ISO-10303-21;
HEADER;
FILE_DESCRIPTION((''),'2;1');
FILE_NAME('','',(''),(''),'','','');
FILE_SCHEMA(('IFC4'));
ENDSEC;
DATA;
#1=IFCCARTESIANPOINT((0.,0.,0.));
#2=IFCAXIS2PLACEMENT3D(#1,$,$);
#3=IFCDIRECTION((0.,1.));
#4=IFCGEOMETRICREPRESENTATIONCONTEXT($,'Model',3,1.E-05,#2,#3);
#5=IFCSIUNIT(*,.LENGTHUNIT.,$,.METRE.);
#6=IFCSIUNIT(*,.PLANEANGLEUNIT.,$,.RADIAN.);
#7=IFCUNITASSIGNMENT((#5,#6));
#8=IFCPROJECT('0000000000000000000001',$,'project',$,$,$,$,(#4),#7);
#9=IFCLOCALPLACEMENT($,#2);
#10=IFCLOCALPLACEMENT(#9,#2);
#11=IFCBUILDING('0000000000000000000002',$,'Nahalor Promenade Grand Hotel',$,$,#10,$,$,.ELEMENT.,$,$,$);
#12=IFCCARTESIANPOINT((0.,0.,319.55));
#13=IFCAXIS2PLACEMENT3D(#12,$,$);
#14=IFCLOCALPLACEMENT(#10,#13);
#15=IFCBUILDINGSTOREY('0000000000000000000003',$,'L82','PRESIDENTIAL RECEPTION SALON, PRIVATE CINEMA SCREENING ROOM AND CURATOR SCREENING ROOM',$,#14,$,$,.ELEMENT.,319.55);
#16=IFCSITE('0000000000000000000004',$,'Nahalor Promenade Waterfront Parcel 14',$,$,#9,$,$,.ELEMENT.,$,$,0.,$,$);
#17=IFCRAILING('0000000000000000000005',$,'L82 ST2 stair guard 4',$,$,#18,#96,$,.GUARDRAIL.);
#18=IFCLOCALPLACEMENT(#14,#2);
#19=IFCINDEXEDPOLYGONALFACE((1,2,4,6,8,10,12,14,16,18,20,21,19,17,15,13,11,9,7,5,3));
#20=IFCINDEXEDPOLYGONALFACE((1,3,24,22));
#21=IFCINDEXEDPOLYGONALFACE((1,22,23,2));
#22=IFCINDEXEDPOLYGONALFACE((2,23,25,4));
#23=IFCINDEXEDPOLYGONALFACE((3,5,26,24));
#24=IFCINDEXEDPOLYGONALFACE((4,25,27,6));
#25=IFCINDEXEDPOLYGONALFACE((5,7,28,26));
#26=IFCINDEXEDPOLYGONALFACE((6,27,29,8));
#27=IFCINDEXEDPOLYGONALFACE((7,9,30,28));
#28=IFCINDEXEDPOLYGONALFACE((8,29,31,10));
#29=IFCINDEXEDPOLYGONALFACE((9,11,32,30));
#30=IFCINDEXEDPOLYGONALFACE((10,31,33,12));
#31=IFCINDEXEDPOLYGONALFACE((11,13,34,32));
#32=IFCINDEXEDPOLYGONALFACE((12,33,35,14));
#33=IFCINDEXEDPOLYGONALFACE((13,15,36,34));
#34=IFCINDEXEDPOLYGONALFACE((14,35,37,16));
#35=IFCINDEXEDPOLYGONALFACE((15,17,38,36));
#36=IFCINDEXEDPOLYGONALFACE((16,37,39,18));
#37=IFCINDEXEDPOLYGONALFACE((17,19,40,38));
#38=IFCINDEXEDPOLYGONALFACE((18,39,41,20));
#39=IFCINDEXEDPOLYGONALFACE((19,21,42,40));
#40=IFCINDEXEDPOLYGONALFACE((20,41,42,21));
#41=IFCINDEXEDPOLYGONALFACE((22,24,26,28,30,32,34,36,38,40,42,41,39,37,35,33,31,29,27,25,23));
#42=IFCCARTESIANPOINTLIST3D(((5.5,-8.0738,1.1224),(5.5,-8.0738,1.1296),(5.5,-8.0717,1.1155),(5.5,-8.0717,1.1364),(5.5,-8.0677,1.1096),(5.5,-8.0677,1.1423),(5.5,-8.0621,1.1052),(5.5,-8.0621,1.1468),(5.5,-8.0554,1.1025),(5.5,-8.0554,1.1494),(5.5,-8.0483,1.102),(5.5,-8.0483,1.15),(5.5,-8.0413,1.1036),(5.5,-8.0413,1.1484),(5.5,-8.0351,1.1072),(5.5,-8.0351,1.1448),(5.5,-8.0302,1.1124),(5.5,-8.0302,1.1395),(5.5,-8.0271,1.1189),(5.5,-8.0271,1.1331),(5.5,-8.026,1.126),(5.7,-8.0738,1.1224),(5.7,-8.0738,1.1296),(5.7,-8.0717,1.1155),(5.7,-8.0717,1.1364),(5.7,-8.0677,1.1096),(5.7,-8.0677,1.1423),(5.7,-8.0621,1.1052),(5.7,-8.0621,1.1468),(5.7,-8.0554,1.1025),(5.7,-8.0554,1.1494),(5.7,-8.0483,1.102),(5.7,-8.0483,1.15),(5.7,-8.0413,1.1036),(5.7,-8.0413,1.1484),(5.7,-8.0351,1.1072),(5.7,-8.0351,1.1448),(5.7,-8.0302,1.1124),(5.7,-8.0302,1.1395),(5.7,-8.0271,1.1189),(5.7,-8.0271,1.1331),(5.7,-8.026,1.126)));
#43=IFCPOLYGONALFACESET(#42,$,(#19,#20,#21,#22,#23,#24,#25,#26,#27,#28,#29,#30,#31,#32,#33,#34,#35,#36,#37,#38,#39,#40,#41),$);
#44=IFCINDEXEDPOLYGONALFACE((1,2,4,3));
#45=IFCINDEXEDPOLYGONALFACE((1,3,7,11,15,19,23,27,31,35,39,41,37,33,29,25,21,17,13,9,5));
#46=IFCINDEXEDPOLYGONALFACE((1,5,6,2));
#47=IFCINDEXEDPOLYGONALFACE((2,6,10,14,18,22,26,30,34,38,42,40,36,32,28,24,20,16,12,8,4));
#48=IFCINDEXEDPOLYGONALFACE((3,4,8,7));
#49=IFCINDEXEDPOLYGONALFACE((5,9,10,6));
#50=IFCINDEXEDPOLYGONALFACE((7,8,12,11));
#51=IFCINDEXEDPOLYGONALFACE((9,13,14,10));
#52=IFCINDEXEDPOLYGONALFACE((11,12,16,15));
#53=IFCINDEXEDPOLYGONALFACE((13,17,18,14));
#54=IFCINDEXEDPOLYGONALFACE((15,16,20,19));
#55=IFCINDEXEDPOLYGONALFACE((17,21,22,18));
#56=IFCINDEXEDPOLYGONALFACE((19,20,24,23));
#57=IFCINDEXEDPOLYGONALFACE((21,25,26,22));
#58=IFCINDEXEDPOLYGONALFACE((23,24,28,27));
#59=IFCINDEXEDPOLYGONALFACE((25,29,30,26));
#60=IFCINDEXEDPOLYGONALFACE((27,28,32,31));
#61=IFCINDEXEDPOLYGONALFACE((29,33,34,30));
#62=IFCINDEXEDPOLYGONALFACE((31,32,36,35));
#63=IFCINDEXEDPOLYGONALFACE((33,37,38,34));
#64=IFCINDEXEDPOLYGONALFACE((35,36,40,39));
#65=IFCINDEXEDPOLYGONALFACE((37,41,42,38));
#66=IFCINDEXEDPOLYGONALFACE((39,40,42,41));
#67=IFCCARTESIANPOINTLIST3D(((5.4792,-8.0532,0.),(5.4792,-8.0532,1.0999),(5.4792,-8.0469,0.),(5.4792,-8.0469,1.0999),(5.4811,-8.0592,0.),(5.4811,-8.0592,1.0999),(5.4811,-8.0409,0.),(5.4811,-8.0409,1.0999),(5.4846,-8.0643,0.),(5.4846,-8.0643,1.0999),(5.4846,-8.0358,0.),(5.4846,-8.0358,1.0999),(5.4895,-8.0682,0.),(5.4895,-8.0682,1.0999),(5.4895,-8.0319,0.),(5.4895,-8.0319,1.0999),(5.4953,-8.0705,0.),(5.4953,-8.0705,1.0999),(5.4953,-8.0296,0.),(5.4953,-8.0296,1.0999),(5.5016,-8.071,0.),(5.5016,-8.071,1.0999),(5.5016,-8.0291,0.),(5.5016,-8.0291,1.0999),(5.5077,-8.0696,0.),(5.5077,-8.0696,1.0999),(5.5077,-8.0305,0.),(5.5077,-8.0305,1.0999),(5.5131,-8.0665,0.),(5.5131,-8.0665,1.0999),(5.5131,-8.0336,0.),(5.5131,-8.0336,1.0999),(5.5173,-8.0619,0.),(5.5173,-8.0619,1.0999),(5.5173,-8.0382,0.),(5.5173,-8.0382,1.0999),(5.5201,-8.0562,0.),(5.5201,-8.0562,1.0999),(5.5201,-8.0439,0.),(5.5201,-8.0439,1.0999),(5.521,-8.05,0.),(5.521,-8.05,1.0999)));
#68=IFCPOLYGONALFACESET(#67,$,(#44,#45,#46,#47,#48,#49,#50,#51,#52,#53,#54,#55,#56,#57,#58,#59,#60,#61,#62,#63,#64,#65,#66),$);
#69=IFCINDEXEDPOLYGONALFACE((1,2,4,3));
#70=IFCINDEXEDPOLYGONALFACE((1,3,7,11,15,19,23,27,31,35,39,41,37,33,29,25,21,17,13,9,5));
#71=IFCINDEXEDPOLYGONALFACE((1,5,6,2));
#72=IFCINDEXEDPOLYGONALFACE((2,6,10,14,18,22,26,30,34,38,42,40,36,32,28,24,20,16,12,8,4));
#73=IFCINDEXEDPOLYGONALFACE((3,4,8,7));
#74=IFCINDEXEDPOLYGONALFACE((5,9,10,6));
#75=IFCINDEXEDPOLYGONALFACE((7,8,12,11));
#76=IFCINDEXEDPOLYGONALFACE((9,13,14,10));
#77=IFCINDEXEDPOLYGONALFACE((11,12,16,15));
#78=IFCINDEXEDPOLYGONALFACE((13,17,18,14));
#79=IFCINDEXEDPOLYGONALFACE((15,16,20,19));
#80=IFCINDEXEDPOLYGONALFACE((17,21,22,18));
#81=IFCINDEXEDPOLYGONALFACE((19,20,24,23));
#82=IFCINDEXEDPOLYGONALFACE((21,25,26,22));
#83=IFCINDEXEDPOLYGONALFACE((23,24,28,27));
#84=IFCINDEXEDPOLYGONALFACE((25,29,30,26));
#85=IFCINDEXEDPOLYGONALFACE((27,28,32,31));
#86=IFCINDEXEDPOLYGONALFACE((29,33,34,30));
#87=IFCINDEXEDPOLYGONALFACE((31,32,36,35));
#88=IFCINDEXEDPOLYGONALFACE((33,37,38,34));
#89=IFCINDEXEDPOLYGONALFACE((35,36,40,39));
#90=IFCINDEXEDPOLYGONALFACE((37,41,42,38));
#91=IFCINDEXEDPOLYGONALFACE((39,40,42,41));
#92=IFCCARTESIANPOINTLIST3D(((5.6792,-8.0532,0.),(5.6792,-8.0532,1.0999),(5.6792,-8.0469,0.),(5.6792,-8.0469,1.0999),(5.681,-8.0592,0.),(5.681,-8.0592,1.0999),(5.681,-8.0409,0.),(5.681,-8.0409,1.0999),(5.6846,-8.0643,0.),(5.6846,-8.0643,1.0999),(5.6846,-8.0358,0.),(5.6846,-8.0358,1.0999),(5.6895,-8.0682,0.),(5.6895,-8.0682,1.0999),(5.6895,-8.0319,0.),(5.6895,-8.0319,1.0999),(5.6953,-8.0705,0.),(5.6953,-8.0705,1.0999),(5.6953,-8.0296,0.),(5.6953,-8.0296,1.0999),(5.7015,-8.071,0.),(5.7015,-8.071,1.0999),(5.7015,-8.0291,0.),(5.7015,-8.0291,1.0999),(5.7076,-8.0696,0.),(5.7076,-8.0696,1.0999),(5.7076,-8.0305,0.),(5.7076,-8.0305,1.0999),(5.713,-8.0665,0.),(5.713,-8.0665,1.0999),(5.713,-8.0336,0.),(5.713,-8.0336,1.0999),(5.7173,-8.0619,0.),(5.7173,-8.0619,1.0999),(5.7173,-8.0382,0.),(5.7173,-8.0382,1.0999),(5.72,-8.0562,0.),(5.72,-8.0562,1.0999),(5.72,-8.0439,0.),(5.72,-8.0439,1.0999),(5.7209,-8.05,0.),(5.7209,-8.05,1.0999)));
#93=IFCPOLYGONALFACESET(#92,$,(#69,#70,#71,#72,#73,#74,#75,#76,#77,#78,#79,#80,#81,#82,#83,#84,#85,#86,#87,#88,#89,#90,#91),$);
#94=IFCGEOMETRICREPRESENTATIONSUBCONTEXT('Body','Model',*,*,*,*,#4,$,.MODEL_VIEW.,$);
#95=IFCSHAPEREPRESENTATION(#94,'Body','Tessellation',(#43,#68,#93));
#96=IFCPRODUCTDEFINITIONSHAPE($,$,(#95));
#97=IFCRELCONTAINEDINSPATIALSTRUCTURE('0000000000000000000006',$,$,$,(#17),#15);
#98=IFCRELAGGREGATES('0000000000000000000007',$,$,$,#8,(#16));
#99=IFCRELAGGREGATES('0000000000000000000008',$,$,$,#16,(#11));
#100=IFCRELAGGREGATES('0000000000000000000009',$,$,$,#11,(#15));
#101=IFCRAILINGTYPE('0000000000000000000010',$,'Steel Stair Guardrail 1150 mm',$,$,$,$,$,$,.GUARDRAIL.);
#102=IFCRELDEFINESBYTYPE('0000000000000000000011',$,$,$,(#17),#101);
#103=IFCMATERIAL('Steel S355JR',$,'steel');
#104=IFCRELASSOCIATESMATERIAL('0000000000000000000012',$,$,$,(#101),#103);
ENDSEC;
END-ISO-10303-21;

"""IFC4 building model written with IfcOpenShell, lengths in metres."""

from ifc_helpers import new_model, si_unit, direction, frame, origin, origin_2d, place, context, subcontext, project, spatial, circle, extrude, material, type_object, element, save


model = new_model("IFC4")

# Units and contexts
model_context = context("Model", 3, precision=1e-05, world=origin(), true_north=direction((0.0, 1.0)))
body_context = subcontext(model_context, "Body", "Model", "MODEL_VIEW")
ifc_project = project(units=[si_unit("LENGTHUNIT", "METRE"), si_unit("PLANEANGLEUNIT", "RADIAN")], contexts=[model_context])

# Site, building, storey
site_placement = place(None, origin())
site = spatial("IfcSite", under=ifc_project, at=site_placement, Name="Nahalor Promenade Waterfront Parcel 14", CompositionType="ELEMENT", RefElevation=0.0)
building_placement = place(site_placement, origin())
building = spatial("IfcBuilding", under=site, at=building_placement, Name="Nahalor Promenade Grand Hotel", CompositionType="ELEMENT")
storey_placement = place(building_placement, frame((0.0, 0.0, 319.55)))
storey = spatial("IfcBuildingStorey", under=building, at=storey_placement, Name="L82", Description="PRESIDENTIAL RECEPTION SALON, PRIVATE CINEMA SCREENING ROOM AND CURATOR SCREENING ROOM", CompositionType="ELEMENT", Elevation=319.55)

# Shared definitions
ifc_material_1 = material(Name="Steel S355JR", Category="steel")

# Railing
railing_type_1 = type_object("IfcRailingType", Name="Steel Stair Guardrail 1150 mm", PredefinedType="GUARDRAIL", material=ifc_material_1)
railing_1_placement = place(storey_placement, frame((5.5, -8.05, 0.0)))
element("IfcRailing", 1, at=railing_1_placement, inside=storey, type_object=railing_type_1, Name="L82 ST2 stair guard 4", PredefinedType="GUARDRAIL", context=body_context, shape_type="SweptSolid", body=[
    extrude(circle(Radius=0.024, at=origin_2d()), frame((0.0, 0.0, 1.126), z_axis=(1.0, 0.0, 0.0), x_axis=(0.0, 1.0, 0.0)), (0.0, 0.0, 1.0), 0.2),
    extrude(circle(Radius=0.021, at=origin_2d()), origin(), (0.0, 0.0, 1.0), 1.0999),
    extrude(circle(Radius=0.021, at=origin_2d()), frame((0.2, 0.0, 0.0)), (0.0, 0.0, 1.0), 1.0999),
])

save(model, "model.ifc")
